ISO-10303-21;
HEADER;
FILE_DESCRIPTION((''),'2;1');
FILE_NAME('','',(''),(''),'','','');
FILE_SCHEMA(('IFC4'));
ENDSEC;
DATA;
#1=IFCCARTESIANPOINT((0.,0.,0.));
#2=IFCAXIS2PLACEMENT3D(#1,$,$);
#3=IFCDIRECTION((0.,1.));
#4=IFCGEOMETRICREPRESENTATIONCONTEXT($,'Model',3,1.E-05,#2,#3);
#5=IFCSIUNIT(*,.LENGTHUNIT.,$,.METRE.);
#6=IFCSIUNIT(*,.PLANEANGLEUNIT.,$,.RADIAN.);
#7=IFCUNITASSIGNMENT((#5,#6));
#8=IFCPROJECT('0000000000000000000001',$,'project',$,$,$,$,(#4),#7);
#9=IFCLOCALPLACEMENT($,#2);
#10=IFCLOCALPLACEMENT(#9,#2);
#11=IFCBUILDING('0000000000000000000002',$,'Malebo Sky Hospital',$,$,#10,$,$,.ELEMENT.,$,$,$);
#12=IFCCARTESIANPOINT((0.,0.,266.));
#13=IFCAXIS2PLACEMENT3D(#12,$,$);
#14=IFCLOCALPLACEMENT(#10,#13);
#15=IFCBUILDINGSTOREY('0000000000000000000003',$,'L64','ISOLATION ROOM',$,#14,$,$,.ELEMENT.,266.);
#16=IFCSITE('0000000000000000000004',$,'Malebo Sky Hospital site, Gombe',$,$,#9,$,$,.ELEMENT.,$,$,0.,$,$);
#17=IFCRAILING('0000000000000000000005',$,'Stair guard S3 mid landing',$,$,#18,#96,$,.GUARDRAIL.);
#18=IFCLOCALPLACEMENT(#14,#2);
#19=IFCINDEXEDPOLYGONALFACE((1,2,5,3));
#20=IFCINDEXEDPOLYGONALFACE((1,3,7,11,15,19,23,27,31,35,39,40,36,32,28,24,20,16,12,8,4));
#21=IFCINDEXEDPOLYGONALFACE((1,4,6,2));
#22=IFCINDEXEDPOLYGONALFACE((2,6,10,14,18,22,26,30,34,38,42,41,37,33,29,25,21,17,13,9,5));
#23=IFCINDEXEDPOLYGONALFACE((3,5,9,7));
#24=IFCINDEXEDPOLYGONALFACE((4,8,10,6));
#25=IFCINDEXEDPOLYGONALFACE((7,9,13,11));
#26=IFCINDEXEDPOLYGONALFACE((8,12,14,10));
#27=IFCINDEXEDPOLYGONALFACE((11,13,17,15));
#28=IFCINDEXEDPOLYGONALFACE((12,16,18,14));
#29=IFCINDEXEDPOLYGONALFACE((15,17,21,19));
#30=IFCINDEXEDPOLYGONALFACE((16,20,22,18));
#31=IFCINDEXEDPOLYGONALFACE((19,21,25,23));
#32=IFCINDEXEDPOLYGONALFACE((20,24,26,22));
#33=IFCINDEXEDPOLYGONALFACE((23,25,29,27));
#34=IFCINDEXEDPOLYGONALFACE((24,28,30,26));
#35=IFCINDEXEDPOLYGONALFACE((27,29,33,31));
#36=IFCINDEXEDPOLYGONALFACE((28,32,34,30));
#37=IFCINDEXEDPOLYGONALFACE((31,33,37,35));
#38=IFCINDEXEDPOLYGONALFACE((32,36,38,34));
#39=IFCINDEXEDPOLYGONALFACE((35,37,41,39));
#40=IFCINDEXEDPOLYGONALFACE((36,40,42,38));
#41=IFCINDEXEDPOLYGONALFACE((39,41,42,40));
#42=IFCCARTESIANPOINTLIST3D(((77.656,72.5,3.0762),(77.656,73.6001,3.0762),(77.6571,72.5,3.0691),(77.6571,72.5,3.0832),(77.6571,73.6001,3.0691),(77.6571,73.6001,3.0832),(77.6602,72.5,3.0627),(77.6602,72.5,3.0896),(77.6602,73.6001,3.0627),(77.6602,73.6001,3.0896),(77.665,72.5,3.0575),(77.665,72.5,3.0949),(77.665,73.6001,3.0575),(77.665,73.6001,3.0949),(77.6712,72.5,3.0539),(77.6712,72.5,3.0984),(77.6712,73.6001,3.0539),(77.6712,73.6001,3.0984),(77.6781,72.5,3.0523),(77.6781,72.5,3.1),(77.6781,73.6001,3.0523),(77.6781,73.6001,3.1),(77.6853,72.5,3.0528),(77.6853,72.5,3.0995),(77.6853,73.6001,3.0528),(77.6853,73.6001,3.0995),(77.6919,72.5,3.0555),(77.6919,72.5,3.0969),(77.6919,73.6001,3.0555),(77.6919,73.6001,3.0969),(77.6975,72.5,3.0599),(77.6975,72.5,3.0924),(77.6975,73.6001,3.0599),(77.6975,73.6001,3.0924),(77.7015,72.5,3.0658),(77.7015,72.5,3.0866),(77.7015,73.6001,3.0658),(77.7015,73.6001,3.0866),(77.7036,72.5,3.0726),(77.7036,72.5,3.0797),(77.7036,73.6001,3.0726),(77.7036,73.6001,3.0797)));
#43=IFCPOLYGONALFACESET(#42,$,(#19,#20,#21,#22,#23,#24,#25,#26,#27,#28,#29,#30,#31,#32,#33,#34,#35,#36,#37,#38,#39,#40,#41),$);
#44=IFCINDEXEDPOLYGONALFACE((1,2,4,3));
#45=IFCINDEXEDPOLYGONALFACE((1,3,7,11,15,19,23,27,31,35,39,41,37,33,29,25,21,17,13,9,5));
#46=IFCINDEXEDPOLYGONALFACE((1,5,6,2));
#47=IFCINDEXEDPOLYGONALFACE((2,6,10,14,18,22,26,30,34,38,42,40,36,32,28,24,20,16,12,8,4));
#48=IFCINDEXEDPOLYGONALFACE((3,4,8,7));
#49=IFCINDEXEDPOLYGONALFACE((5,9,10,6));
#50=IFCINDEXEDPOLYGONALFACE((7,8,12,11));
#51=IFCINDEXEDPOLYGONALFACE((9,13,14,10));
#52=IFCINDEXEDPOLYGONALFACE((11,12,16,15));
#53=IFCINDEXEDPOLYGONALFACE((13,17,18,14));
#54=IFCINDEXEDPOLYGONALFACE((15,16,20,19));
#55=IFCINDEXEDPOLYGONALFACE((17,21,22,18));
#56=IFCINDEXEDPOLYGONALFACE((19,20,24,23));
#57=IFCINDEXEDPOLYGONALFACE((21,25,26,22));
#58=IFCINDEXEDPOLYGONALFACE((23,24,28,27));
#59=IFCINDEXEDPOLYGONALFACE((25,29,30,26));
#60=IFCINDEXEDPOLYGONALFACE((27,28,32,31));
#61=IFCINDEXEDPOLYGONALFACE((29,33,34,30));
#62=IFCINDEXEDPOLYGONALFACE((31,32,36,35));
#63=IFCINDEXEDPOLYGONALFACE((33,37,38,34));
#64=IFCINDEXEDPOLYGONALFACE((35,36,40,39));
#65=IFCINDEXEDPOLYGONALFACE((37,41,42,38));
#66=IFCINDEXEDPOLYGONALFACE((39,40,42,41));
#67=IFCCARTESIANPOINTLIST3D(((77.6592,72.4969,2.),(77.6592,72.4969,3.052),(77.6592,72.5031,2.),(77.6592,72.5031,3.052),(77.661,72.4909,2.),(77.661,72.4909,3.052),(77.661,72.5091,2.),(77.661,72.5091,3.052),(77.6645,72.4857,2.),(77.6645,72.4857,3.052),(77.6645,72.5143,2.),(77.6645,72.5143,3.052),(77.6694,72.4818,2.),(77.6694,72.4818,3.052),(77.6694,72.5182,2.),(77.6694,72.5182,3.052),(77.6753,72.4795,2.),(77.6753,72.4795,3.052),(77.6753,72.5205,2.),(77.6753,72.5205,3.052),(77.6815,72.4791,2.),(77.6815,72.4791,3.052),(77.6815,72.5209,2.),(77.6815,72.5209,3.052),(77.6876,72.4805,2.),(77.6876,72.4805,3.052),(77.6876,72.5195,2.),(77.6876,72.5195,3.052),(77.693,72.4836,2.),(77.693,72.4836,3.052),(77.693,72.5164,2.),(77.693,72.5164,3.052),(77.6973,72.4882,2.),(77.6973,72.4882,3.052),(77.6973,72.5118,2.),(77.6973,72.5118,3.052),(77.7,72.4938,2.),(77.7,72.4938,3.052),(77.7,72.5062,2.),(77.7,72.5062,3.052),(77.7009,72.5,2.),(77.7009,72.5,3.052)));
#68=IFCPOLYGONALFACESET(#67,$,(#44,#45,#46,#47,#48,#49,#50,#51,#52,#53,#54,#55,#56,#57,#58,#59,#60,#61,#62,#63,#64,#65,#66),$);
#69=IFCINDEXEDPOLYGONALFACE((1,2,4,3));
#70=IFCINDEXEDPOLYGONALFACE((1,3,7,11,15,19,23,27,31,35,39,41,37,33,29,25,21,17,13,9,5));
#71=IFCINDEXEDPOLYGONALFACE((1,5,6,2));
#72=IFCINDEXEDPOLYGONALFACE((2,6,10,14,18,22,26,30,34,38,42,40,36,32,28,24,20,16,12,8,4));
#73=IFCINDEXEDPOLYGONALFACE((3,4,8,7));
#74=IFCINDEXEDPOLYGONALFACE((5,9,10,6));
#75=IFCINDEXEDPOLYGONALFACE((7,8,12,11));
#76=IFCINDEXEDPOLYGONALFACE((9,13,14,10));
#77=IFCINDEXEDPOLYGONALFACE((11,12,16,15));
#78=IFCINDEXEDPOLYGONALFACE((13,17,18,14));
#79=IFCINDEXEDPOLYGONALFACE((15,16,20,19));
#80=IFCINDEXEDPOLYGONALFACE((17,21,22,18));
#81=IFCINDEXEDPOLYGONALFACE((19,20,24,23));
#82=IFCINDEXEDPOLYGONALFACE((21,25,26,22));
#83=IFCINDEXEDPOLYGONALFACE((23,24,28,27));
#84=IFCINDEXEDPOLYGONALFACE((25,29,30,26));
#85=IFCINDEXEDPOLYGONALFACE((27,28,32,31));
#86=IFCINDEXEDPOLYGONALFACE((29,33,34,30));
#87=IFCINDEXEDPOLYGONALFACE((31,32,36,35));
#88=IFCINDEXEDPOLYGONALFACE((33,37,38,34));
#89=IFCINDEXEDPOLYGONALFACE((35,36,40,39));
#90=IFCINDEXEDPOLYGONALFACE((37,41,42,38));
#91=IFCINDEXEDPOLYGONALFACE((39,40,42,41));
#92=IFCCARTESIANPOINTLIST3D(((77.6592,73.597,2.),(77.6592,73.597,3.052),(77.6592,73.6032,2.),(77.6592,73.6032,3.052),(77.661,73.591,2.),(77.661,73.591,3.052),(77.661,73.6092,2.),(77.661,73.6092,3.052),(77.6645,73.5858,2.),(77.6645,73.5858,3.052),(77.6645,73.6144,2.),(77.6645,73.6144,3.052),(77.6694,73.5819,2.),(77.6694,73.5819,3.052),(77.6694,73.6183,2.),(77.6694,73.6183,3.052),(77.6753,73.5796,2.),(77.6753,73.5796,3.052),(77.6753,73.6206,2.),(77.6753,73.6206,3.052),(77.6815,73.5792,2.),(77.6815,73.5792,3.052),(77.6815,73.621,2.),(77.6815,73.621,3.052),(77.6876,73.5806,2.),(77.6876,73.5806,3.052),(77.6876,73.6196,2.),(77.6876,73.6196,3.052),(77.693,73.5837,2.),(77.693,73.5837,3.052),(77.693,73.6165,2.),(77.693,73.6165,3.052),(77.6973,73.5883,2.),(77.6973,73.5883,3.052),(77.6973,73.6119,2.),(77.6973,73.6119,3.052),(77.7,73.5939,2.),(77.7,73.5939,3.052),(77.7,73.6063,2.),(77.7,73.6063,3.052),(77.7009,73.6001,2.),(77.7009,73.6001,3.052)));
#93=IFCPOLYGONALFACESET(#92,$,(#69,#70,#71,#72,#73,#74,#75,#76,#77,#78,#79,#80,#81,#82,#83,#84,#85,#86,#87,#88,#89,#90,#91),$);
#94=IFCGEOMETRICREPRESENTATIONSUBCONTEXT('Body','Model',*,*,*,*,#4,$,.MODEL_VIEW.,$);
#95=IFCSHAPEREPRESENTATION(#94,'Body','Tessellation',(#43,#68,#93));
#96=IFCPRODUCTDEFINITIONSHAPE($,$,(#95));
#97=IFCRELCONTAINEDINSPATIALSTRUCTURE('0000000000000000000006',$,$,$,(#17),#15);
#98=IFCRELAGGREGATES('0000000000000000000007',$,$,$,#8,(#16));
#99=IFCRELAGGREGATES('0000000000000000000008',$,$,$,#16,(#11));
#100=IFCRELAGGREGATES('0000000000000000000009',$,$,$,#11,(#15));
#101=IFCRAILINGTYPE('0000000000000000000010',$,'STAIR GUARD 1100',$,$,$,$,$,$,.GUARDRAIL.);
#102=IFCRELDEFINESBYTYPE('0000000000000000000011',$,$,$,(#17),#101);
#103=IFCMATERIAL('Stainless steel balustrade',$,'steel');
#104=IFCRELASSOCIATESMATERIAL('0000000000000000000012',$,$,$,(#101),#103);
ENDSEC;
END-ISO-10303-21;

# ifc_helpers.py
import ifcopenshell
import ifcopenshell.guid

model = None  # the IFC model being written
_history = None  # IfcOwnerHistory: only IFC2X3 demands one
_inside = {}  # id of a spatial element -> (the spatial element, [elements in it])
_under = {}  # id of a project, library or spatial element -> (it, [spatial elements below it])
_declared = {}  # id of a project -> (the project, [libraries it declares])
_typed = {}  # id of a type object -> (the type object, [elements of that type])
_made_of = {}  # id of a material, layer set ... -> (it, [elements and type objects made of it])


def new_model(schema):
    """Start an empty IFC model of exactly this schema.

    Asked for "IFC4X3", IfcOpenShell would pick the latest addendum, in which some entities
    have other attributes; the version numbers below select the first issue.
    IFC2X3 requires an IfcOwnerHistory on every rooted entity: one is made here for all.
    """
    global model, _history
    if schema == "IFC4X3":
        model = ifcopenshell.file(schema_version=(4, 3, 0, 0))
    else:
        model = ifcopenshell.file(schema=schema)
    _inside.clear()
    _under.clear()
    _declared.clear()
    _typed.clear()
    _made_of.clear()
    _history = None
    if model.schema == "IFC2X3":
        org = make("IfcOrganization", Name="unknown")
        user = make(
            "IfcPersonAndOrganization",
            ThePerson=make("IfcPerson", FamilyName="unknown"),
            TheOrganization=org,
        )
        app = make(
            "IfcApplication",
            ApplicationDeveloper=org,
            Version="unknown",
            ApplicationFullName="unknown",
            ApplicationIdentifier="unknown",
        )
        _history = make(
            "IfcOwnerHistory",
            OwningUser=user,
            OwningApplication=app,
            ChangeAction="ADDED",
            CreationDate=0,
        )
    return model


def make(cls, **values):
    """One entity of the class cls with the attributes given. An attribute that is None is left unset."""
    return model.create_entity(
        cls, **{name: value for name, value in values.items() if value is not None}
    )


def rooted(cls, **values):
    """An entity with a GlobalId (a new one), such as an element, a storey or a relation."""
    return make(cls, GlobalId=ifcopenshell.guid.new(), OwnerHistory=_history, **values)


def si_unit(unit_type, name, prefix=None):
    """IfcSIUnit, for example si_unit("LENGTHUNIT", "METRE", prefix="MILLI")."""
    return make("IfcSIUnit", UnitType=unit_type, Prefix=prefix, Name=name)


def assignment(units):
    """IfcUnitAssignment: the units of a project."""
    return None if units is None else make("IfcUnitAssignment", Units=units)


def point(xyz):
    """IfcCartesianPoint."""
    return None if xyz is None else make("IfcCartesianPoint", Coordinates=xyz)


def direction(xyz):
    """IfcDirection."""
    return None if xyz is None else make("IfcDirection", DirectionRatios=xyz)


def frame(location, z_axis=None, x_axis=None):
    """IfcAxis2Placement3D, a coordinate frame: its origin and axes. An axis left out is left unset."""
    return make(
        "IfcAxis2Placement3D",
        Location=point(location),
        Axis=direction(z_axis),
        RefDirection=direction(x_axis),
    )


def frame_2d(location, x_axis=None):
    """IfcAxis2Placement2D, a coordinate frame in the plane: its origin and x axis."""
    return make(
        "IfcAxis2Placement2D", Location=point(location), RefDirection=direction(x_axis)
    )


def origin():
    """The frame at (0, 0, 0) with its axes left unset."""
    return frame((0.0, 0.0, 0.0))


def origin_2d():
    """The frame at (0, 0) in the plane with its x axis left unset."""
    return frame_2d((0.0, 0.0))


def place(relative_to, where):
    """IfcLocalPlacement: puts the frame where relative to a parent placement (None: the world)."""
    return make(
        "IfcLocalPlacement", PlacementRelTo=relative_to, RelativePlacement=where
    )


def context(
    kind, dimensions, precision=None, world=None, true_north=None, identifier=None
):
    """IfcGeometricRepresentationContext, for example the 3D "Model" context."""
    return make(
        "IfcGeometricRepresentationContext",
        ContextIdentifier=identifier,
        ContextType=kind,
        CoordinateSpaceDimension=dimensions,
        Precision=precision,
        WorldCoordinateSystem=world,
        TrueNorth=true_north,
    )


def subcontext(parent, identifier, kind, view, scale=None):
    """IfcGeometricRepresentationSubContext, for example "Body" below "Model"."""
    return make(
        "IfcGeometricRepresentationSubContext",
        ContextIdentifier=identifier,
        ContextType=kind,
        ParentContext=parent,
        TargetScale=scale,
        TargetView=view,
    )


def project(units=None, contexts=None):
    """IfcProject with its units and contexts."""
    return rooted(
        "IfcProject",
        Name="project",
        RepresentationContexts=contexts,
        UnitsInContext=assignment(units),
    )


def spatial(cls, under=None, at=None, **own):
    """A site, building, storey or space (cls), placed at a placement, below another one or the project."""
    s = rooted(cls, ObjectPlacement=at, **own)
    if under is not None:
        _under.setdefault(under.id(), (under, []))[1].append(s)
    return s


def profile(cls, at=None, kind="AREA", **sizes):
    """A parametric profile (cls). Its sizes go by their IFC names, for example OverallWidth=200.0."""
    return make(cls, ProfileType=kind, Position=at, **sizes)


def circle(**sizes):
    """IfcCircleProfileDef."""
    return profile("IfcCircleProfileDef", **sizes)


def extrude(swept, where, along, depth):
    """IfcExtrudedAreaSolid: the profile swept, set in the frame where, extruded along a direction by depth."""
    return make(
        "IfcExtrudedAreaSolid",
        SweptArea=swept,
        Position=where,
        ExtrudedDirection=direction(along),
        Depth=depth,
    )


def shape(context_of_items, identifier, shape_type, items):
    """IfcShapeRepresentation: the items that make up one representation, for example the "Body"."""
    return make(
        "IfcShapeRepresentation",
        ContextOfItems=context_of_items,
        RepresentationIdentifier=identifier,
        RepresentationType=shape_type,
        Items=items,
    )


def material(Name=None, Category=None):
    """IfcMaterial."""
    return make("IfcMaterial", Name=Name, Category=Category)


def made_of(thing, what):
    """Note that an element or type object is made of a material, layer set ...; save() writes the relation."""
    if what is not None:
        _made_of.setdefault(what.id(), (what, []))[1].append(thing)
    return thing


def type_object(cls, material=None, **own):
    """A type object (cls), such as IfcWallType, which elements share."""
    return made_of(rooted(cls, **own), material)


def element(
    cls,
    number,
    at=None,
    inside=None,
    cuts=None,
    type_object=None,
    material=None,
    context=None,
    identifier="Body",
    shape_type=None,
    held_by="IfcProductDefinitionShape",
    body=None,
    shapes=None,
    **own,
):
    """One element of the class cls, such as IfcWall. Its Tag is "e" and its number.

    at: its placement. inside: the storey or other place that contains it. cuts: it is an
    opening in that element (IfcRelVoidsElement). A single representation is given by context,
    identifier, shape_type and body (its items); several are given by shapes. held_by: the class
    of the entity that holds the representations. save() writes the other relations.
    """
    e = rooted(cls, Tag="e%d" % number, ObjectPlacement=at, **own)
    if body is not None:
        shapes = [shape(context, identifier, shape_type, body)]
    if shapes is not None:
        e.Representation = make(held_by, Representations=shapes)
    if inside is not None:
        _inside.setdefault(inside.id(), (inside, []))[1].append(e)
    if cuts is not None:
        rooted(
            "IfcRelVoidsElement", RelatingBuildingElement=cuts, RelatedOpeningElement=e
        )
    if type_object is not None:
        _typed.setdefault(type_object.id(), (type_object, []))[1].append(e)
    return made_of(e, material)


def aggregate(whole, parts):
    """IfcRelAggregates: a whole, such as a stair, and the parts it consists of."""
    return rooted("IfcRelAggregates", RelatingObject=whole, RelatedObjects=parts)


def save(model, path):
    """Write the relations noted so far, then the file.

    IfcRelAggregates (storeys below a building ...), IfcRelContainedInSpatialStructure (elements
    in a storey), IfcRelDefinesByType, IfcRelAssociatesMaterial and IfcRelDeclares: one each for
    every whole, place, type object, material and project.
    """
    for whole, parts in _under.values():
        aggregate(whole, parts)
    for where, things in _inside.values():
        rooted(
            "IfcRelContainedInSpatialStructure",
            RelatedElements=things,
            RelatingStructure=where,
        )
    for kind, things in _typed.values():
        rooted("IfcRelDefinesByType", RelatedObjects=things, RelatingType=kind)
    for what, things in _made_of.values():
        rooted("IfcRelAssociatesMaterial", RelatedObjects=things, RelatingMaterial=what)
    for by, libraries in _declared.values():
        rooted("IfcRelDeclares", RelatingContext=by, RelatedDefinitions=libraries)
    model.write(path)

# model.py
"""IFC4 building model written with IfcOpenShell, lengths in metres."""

from ifc_helpers import new_model, si_unit, direction, frame, origin, origin_2d, place, context, subcontext, project, spatial, circle, extrude, material, type_object, element, save


model = new_model("IFC4")

# Units and contexts
model_context = context("Model", 3, precision=1e-05, world=origin(), true_north=direction((0.0, 1.0)))
body_context = subcontext(model_context, "Body", "Model", "MODEL_VIEW")
ifc_project = project(units=[si_unit("LENGTHUNIT", "METRE"), si_unit("PLANEANGLEUNIT", "RADIAN")], contexts=[model_context])

# Site, building, storey
site_placement = place(None, origin())
site = spatial("IfcSite", under=ifc_project, at=site_placement, Name="Malebo Sky Hospital site, Gombe", CompositionType="ELEMENT", RefElevation=0.0)
building_placement = place(site_placement, origin())
building = spatial("IfcBuilding", under=site, at=building_placement, Name="Malebo Sky Hospital", CompositionType="ELEMENT")
storey_placement = place(building_placement, frame((0.0, 0.0, 266.0)))
storey = spatial("IfcBuildingStorey", under=building, at=storey_placement, Name="L64", Description="ISOLATION ROOM", CompositionType="ELEMENT", Elevation=266.0)

# Railing
ifc_material_1 = material(Name="Stainless steel balustrade", Category="steel")
railing_type_1 = type_object("IfcRailingType", Name="STAIR GUARD 1100", PredefinedType="GUARDRAIL", material=ifc_material_1)
railing_1_placement = place(storey_placement, frame((77.6799, 72.5, 2.0)))
element("IfcRailing", 1, at=railing_1_placement, inside=storey, type_object=railing_type_1, Name="Stair guard S3 mid landing", PredefinedType="GUARDRAIL", context=body_context, shape_type="SweptSolid", body=[
    extrude(circle(Radius=0.0239, at=origin_2d()), frame((0.0, 0.0, 1.0762), z_axis=(0.0, 1.0, 0.0), x_axis=(-1.0, 0.0, 0.0)), (0.0, 0.0, 1.0), 1.1001),
    extrude(circle(Radius=0.021, at=origin_2d()), origin(), (0.0, 0.0, 1.0), 1.052),
    extrude(circle(Radius=0.021, at=origin_2d()), frame((0.0, 1.1001, 0.0)), (0.0, 0.0, 1.0), 1.052),
])

save(model, "model.ifc")
